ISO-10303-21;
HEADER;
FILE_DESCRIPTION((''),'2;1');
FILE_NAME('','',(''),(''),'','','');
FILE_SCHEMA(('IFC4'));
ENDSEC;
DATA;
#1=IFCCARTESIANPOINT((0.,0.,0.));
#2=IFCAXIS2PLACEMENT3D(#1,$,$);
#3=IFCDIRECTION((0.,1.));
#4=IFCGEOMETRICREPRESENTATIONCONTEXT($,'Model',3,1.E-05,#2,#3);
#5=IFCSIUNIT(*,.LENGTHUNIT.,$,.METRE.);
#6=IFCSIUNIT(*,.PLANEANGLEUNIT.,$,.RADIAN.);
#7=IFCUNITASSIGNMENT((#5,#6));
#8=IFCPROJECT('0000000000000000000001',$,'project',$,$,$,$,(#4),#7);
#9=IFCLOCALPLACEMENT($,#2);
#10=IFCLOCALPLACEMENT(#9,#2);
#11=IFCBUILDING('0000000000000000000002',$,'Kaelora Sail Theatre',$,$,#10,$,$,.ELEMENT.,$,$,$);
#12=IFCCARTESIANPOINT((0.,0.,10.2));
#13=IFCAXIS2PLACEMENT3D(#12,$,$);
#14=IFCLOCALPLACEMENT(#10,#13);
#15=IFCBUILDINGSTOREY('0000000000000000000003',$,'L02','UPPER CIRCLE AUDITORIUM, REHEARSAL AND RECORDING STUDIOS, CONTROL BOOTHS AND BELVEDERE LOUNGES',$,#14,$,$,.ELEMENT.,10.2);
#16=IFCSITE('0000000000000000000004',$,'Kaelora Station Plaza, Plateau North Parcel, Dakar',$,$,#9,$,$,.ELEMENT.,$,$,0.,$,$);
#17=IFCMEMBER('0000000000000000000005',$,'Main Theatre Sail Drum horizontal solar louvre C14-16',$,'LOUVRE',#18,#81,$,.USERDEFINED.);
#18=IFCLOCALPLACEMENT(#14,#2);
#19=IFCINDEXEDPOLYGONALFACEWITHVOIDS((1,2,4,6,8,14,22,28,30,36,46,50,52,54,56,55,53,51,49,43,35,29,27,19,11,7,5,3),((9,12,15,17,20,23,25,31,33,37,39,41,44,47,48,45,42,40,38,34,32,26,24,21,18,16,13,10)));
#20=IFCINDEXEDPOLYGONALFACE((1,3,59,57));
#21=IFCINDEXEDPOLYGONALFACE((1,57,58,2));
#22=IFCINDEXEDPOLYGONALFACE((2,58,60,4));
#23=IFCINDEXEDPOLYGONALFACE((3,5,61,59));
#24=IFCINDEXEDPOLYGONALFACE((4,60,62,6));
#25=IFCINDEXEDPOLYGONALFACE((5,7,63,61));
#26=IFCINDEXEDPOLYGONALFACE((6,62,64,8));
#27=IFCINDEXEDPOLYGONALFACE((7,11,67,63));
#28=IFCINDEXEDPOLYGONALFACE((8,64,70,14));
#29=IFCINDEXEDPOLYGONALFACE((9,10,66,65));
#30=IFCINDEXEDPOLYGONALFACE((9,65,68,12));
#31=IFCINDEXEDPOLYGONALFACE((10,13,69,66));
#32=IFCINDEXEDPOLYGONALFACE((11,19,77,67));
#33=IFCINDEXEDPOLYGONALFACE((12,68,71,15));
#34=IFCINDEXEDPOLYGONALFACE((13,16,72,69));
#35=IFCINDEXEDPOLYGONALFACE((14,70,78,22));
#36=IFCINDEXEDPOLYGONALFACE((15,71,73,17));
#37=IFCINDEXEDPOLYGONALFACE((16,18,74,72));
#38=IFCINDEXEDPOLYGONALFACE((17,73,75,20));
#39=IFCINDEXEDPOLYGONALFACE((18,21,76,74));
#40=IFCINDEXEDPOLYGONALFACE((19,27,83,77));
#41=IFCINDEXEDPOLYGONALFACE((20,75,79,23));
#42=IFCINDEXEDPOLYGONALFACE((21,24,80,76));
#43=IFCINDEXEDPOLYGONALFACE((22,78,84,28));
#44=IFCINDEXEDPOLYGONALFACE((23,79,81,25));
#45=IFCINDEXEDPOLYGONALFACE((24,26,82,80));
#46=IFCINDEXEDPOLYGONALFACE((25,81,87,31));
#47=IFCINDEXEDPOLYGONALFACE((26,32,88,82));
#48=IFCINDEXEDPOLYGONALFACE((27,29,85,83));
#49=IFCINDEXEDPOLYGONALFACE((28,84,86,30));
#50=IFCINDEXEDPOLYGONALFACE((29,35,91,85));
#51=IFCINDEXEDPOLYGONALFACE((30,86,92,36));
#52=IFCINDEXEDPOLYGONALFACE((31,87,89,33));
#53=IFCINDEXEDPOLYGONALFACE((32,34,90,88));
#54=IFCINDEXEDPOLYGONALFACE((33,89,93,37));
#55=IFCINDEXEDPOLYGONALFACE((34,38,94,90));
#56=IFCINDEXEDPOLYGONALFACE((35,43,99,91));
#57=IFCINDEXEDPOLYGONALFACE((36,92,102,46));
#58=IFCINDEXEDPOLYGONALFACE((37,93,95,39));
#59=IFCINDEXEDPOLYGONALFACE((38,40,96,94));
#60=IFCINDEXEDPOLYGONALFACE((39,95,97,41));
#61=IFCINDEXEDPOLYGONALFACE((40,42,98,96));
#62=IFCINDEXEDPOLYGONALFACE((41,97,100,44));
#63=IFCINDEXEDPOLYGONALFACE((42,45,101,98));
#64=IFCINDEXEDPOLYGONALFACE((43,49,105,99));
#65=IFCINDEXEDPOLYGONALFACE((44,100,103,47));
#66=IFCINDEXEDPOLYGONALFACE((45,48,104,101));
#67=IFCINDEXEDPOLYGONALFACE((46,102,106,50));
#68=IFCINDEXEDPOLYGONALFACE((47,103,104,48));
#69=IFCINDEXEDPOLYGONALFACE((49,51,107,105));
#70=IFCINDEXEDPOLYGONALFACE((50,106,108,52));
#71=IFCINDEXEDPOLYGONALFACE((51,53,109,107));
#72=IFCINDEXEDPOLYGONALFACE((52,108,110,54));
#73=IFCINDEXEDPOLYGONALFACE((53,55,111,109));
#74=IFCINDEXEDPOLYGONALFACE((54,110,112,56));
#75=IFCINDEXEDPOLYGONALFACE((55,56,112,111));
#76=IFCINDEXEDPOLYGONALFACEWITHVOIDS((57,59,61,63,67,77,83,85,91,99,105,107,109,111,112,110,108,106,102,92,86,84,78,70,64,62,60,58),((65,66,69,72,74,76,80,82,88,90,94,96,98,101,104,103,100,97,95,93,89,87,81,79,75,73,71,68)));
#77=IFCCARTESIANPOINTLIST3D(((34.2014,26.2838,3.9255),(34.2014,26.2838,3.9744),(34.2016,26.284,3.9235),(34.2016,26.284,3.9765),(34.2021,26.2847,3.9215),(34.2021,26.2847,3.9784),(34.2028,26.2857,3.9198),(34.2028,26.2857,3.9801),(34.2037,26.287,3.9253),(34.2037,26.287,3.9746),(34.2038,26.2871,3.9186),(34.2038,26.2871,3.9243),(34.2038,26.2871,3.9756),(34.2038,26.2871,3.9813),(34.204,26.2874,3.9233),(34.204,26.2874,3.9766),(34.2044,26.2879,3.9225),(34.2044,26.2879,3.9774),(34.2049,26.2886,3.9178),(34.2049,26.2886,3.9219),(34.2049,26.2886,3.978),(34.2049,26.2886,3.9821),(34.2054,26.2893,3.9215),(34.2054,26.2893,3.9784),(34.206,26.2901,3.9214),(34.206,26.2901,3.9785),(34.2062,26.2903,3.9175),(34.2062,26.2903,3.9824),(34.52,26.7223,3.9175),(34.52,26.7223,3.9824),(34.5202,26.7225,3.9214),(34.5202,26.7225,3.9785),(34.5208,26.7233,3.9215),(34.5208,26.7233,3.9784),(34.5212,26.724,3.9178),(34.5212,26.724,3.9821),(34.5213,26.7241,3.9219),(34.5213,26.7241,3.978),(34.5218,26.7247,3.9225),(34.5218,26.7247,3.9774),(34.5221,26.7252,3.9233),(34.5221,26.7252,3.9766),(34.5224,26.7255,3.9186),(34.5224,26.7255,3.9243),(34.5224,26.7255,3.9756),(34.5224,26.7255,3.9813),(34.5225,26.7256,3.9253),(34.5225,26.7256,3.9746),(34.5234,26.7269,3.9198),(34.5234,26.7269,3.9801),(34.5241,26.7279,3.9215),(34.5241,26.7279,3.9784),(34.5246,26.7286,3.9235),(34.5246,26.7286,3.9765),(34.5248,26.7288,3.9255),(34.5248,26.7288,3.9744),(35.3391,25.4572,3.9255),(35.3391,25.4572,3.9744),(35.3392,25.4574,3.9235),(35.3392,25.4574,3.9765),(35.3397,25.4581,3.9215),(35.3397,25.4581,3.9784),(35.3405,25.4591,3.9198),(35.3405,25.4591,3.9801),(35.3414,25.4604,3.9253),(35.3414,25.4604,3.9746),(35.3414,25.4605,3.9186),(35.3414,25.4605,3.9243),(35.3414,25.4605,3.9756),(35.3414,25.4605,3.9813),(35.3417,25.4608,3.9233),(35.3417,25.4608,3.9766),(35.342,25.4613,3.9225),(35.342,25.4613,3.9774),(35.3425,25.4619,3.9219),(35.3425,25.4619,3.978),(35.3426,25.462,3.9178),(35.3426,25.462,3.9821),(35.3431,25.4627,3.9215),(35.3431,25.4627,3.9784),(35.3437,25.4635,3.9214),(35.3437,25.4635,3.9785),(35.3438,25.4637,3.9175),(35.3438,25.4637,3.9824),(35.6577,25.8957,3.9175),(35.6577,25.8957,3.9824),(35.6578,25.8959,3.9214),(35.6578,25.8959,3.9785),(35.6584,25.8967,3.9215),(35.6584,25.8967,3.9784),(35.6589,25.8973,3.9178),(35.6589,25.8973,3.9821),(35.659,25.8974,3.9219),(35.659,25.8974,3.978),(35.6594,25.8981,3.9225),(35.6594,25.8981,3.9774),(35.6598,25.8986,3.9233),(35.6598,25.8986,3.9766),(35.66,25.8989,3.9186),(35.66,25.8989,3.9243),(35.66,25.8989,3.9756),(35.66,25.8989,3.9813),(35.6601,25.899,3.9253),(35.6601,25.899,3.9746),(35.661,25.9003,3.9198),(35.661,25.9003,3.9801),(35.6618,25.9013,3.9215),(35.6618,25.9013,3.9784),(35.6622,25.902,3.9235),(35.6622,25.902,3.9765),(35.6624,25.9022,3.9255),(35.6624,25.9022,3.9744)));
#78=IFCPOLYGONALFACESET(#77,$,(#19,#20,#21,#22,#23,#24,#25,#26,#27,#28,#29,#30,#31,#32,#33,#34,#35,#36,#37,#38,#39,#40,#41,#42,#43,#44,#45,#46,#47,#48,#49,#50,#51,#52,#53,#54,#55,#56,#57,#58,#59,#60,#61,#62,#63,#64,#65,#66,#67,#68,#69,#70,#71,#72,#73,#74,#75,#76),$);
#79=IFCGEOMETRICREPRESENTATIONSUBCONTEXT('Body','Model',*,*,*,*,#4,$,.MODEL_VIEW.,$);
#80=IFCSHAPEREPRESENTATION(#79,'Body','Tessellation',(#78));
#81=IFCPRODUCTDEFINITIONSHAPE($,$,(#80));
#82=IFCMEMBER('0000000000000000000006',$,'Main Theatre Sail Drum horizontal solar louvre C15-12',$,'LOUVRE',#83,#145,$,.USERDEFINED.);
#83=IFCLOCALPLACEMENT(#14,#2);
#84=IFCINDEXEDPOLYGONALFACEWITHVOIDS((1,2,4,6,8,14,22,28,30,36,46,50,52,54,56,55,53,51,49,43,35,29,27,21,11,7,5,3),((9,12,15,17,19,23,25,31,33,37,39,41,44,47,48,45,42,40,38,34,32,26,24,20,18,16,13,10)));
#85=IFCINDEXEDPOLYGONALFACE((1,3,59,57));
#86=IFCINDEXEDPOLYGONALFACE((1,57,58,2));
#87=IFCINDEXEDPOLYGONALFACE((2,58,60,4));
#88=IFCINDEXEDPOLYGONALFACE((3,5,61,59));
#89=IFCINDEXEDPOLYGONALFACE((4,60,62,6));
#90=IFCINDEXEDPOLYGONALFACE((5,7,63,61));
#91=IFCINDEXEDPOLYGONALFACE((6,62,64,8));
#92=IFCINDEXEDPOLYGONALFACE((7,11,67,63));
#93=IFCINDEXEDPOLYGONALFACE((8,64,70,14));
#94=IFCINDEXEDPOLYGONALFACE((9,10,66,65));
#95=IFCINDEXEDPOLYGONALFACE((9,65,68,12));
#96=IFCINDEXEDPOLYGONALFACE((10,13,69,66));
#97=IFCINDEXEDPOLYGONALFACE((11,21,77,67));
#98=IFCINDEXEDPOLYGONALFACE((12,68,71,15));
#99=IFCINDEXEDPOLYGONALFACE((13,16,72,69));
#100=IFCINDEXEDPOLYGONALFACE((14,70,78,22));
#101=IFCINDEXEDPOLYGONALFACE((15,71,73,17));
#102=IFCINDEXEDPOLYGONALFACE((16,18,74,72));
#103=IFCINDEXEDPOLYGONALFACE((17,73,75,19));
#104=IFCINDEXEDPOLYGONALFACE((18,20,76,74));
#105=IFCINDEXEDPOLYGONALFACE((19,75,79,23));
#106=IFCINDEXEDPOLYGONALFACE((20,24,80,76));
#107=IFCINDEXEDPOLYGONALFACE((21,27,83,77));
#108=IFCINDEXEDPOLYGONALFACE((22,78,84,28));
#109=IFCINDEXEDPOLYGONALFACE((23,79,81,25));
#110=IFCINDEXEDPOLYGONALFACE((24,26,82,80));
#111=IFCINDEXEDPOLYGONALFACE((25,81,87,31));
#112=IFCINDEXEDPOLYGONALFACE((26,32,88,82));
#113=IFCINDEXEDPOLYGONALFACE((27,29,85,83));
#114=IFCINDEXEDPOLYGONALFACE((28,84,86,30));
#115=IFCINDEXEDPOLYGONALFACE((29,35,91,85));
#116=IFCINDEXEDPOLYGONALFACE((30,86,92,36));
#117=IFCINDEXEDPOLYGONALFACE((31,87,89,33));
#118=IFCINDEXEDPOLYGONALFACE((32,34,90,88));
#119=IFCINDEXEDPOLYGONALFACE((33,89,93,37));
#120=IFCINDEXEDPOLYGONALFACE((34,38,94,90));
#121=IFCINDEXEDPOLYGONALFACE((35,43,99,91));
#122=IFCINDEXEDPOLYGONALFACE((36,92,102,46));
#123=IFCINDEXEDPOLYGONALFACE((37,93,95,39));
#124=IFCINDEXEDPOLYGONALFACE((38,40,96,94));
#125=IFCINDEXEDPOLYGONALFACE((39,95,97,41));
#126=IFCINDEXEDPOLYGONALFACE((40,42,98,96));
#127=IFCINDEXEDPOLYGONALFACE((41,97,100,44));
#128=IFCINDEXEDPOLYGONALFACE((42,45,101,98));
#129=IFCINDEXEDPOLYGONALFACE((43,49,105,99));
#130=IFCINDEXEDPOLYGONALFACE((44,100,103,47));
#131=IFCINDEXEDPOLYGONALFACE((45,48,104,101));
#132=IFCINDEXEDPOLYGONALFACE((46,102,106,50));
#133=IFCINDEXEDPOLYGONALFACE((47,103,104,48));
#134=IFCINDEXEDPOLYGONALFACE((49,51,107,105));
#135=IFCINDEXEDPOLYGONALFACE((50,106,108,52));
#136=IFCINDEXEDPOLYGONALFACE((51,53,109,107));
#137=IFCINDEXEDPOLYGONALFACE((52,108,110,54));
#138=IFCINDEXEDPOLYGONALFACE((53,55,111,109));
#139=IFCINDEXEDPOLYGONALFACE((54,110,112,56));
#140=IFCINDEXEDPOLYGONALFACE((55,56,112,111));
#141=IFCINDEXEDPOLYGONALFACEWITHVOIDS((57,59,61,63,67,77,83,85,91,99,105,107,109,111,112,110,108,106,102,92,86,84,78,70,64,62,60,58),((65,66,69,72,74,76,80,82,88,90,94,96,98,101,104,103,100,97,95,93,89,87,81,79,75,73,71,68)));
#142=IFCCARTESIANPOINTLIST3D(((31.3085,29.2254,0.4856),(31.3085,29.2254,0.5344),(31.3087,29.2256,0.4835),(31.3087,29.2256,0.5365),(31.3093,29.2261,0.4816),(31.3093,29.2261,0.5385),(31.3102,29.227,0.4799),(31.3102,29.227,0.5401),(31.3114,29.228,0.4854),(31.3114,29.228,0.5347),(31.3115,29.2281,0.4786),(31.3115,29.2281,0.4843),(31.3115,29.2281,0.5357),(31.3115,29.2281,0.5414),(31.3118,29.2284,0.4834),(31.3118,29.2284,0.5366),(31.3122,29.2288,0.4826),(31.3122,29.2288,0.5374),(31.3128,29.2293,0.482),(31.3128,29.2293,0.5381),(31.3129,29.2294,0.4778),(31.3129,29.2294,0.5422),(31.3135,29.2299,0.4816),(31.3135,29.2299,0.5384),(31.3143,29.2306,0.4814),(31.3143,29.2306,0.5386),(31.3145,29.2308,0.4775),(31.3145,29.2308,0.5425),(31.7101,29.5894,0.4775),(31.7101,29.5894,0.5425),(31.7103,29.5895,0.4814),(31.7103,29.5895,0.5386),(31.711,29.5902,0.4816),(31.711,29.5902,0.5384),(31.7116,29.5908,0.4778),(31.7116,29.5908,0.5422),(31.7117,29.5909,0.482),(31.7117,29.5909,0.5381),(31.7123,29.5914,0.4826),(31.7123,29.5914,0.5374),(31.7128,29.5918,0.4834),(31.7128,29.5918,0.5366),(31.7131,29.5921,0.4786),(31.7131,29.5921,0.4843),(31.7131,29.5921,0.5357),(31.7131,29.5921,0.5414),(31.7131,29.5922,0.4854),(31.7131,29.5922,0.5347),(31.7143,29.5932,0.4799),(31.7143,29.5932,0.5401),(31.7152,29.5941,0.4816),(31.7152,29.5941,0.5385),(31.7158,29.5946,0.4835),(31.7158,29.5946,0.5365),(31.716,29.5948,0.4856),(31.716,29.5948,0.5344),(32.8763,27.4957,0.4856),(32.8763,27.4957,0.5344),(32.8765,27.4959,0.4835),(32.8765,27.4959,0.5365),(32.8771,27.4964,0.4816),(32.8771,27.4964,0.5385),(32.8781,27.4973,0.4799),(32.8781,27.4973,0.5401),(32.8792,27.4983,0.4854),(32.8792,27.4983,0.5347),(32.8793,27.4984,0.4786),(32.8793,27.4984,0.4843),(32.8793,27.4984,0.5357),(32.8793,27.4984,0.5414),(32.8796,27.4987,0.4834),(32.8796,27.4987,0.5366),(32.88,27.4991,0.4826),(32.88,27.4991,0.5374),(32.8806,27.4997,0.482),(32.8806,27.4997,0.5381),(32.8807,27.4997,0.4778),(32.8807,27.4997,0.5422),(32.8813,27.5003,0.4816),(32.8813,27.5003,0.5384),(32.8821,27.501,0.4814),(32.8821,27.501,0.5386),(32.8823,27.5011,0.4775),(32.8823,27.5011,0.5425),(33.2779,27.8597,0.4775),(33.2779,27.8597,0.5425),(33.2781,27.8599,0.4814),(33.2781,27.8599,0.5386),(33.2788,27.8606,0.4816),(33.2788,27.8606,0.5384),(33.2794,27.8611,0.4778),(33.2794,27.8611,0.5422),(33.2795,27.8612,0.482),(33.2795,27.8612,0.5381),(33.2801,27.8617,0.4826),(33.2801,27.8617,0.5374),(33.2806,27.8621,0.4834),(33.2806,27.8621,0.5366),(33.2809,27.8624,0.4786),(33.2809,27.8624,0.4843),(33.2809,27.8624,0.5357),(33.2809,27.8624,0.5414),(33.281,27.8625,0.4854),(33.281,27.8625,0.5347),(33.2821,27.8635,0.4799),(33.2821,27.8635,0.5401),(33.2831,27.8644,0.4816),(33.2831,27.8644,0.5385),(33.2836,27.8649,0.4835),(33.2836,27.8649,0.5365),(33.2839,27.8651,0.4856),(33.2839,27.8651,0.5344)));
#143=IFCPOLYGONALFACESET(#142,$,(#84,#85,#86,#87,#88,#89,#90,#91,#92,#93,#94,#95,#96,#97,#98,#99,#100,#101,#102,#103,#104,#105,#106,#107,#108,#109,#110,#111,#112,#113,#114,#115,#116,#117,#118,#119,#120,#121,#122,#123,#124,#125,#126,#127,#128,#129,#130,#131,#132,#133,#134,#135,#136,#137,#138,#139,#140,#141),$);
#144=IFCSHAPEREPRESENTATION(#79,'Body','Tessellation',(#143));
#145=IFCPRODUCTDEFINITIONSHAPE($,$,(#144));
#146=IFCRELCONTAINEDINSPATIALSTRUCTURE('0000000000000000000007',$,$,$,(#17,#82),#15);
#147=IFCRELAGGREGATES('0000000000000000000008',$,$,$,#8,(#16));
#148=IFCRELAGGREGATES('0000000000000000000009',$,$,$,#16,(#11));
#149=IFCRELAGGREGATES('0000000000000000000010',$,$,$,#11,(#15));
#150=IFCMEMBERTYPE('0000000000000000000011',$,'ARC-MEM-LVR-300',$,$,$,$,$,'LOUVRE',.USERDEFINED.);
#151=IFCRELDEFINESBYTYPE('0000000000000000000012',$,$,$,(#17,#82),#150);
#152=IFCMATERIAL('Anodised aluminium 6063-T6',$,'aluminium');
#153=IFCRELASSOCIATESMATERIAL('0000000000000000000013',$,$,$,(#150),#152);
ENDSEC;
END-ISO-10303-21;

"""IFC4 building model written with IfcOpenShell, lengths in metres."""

from ifc_helpers import new_model, si_unit, direction, frame, origin, origin_2d, place, context, subcontext, project, spatial, hollow_rectangle, extrude, material, material_profile, profile_set, type_object, element, save


model = new_model("IFC4")

# Units and contexts
model_context = context("Model", 3, precision=1e-05, world=origin(), true_north=direction((0.0, 1.0)))
body_context = subcontext(model_context, "Body", "Model", "MODEL_VIEW")
ifc_project = project(units=[si_unit("LENGTHUNIT", "METRE"), si_unit("PLANEANGLEUNIT", "RADIAN")], contexts=[model_context])

# Site, building, storey
site_placement = place(None, origin())
site = spatial("IfcSite", under=ifc_project, at=site_placement, Name="Kaelora Station Plaza, Plateau North Parcel, Dakar", CompositionType="ELEMENT", RefElevation=0.0)
building_placement = place(site_placement, origin())
building = spatial("IfcBuilding", under=site, at=building_placement, Name="Kaelora Sail Theatre", CompositionType="ELEMENT")
storey_placement = place(building_placement, frame((0.0, 0.0, 10.2)))
storey = spatial("IfcBuildingStorey", under=building, at=storey_placement, Name="L02", Description="UPPER CIRCLE AUDITORIUM, REHEARSAL AND RECORDING STUDIOS, CONTROL BOOTHS AND BELVEDERE LOUNGES", CompositionType="ELEMENT", Elevation=10.2)

# Members
ifc_material_1 = material(Name="Anodised aluminium 6063-T6", Category="aluminium")
ifc_material_profile_1 = material_profile(ifc_material_1, hollow_rectangle(XDim=0.55, YDim=0.0649, WallThickness=0.0039, InnerFilletRadius=0.0039, OuterFilletRadius=0.0081, at=origin_2d()), Name="LOUVRE 550x65x4")
ifc_profile_set_1 = profile_set([ifc_material_profile_1], Name="Anodised aluminium 6063-T6")
member_type = type_object("IfcMemberType", Name="ARC-MEM-LVR-300", ElementType="LOUVRE", PredefinedType="USERDEFINED", material=ifc_profile_set_1)
for number, where, z_axis, x_axis, name in (
    (1, (35.5007, 25.6797, 3.95), (-0.808991, 0.587821, 0.0), (-0.587821, -0.808991, 0.0), "Main Theatre Sail Drum horizontal solar louvre C14-16"),
):
    element("IfcMember", number, at=place(storey_placement, frame(where, z_axis=z_axis, x_axis=x_axis)), inside=storey, type_object=member_type, Name=name, ObjectType="LOUVRE", PredefinedType="USERDEFINED", context=body_context, shape_type="SweptSolid", body=[
        extrude(hollow_rectangle(XDim=0.55, YDim=0.0649, WallThickness=0.0039, InnerFilletRadius=0.0039, OuterFilletRadius=0.0081, at=origin_2d()), origin(), (0.0, 0.0, 1.0), 1.4062),
    ])
for number, where, z_axis, x_axis, name in (
    (2, (33.0801, 27.6804, 0.51), (-0.671589, 0.740924, 0.0), (-0.740924, -0.671589, 0.0), "Main Theatre Sail Drum horizontal solar louvre C15-12"),
):
    element("IfcMember", number, at=place(storey_placement, frame(where, z_axis=z_axis, x_axis=x_axis)), inside=storey, type_object=member_type, Name=name, ObjectType="LOUVRE", PredefinedType="USERDEFINED", context=body_context, shape_type="SweptSolid", body=[
        extrude(hollow_rectangle(XDim=0.55, YDim=0.0649, WallThickness=0.0039, InnerFilletRadius=0.0039, OuterFilletRadius=0.0081, at=origin_2d()), origin(), (0.0, 0.0, 1.0), 2.3345),
    ])

save(model, "model.ifc")
